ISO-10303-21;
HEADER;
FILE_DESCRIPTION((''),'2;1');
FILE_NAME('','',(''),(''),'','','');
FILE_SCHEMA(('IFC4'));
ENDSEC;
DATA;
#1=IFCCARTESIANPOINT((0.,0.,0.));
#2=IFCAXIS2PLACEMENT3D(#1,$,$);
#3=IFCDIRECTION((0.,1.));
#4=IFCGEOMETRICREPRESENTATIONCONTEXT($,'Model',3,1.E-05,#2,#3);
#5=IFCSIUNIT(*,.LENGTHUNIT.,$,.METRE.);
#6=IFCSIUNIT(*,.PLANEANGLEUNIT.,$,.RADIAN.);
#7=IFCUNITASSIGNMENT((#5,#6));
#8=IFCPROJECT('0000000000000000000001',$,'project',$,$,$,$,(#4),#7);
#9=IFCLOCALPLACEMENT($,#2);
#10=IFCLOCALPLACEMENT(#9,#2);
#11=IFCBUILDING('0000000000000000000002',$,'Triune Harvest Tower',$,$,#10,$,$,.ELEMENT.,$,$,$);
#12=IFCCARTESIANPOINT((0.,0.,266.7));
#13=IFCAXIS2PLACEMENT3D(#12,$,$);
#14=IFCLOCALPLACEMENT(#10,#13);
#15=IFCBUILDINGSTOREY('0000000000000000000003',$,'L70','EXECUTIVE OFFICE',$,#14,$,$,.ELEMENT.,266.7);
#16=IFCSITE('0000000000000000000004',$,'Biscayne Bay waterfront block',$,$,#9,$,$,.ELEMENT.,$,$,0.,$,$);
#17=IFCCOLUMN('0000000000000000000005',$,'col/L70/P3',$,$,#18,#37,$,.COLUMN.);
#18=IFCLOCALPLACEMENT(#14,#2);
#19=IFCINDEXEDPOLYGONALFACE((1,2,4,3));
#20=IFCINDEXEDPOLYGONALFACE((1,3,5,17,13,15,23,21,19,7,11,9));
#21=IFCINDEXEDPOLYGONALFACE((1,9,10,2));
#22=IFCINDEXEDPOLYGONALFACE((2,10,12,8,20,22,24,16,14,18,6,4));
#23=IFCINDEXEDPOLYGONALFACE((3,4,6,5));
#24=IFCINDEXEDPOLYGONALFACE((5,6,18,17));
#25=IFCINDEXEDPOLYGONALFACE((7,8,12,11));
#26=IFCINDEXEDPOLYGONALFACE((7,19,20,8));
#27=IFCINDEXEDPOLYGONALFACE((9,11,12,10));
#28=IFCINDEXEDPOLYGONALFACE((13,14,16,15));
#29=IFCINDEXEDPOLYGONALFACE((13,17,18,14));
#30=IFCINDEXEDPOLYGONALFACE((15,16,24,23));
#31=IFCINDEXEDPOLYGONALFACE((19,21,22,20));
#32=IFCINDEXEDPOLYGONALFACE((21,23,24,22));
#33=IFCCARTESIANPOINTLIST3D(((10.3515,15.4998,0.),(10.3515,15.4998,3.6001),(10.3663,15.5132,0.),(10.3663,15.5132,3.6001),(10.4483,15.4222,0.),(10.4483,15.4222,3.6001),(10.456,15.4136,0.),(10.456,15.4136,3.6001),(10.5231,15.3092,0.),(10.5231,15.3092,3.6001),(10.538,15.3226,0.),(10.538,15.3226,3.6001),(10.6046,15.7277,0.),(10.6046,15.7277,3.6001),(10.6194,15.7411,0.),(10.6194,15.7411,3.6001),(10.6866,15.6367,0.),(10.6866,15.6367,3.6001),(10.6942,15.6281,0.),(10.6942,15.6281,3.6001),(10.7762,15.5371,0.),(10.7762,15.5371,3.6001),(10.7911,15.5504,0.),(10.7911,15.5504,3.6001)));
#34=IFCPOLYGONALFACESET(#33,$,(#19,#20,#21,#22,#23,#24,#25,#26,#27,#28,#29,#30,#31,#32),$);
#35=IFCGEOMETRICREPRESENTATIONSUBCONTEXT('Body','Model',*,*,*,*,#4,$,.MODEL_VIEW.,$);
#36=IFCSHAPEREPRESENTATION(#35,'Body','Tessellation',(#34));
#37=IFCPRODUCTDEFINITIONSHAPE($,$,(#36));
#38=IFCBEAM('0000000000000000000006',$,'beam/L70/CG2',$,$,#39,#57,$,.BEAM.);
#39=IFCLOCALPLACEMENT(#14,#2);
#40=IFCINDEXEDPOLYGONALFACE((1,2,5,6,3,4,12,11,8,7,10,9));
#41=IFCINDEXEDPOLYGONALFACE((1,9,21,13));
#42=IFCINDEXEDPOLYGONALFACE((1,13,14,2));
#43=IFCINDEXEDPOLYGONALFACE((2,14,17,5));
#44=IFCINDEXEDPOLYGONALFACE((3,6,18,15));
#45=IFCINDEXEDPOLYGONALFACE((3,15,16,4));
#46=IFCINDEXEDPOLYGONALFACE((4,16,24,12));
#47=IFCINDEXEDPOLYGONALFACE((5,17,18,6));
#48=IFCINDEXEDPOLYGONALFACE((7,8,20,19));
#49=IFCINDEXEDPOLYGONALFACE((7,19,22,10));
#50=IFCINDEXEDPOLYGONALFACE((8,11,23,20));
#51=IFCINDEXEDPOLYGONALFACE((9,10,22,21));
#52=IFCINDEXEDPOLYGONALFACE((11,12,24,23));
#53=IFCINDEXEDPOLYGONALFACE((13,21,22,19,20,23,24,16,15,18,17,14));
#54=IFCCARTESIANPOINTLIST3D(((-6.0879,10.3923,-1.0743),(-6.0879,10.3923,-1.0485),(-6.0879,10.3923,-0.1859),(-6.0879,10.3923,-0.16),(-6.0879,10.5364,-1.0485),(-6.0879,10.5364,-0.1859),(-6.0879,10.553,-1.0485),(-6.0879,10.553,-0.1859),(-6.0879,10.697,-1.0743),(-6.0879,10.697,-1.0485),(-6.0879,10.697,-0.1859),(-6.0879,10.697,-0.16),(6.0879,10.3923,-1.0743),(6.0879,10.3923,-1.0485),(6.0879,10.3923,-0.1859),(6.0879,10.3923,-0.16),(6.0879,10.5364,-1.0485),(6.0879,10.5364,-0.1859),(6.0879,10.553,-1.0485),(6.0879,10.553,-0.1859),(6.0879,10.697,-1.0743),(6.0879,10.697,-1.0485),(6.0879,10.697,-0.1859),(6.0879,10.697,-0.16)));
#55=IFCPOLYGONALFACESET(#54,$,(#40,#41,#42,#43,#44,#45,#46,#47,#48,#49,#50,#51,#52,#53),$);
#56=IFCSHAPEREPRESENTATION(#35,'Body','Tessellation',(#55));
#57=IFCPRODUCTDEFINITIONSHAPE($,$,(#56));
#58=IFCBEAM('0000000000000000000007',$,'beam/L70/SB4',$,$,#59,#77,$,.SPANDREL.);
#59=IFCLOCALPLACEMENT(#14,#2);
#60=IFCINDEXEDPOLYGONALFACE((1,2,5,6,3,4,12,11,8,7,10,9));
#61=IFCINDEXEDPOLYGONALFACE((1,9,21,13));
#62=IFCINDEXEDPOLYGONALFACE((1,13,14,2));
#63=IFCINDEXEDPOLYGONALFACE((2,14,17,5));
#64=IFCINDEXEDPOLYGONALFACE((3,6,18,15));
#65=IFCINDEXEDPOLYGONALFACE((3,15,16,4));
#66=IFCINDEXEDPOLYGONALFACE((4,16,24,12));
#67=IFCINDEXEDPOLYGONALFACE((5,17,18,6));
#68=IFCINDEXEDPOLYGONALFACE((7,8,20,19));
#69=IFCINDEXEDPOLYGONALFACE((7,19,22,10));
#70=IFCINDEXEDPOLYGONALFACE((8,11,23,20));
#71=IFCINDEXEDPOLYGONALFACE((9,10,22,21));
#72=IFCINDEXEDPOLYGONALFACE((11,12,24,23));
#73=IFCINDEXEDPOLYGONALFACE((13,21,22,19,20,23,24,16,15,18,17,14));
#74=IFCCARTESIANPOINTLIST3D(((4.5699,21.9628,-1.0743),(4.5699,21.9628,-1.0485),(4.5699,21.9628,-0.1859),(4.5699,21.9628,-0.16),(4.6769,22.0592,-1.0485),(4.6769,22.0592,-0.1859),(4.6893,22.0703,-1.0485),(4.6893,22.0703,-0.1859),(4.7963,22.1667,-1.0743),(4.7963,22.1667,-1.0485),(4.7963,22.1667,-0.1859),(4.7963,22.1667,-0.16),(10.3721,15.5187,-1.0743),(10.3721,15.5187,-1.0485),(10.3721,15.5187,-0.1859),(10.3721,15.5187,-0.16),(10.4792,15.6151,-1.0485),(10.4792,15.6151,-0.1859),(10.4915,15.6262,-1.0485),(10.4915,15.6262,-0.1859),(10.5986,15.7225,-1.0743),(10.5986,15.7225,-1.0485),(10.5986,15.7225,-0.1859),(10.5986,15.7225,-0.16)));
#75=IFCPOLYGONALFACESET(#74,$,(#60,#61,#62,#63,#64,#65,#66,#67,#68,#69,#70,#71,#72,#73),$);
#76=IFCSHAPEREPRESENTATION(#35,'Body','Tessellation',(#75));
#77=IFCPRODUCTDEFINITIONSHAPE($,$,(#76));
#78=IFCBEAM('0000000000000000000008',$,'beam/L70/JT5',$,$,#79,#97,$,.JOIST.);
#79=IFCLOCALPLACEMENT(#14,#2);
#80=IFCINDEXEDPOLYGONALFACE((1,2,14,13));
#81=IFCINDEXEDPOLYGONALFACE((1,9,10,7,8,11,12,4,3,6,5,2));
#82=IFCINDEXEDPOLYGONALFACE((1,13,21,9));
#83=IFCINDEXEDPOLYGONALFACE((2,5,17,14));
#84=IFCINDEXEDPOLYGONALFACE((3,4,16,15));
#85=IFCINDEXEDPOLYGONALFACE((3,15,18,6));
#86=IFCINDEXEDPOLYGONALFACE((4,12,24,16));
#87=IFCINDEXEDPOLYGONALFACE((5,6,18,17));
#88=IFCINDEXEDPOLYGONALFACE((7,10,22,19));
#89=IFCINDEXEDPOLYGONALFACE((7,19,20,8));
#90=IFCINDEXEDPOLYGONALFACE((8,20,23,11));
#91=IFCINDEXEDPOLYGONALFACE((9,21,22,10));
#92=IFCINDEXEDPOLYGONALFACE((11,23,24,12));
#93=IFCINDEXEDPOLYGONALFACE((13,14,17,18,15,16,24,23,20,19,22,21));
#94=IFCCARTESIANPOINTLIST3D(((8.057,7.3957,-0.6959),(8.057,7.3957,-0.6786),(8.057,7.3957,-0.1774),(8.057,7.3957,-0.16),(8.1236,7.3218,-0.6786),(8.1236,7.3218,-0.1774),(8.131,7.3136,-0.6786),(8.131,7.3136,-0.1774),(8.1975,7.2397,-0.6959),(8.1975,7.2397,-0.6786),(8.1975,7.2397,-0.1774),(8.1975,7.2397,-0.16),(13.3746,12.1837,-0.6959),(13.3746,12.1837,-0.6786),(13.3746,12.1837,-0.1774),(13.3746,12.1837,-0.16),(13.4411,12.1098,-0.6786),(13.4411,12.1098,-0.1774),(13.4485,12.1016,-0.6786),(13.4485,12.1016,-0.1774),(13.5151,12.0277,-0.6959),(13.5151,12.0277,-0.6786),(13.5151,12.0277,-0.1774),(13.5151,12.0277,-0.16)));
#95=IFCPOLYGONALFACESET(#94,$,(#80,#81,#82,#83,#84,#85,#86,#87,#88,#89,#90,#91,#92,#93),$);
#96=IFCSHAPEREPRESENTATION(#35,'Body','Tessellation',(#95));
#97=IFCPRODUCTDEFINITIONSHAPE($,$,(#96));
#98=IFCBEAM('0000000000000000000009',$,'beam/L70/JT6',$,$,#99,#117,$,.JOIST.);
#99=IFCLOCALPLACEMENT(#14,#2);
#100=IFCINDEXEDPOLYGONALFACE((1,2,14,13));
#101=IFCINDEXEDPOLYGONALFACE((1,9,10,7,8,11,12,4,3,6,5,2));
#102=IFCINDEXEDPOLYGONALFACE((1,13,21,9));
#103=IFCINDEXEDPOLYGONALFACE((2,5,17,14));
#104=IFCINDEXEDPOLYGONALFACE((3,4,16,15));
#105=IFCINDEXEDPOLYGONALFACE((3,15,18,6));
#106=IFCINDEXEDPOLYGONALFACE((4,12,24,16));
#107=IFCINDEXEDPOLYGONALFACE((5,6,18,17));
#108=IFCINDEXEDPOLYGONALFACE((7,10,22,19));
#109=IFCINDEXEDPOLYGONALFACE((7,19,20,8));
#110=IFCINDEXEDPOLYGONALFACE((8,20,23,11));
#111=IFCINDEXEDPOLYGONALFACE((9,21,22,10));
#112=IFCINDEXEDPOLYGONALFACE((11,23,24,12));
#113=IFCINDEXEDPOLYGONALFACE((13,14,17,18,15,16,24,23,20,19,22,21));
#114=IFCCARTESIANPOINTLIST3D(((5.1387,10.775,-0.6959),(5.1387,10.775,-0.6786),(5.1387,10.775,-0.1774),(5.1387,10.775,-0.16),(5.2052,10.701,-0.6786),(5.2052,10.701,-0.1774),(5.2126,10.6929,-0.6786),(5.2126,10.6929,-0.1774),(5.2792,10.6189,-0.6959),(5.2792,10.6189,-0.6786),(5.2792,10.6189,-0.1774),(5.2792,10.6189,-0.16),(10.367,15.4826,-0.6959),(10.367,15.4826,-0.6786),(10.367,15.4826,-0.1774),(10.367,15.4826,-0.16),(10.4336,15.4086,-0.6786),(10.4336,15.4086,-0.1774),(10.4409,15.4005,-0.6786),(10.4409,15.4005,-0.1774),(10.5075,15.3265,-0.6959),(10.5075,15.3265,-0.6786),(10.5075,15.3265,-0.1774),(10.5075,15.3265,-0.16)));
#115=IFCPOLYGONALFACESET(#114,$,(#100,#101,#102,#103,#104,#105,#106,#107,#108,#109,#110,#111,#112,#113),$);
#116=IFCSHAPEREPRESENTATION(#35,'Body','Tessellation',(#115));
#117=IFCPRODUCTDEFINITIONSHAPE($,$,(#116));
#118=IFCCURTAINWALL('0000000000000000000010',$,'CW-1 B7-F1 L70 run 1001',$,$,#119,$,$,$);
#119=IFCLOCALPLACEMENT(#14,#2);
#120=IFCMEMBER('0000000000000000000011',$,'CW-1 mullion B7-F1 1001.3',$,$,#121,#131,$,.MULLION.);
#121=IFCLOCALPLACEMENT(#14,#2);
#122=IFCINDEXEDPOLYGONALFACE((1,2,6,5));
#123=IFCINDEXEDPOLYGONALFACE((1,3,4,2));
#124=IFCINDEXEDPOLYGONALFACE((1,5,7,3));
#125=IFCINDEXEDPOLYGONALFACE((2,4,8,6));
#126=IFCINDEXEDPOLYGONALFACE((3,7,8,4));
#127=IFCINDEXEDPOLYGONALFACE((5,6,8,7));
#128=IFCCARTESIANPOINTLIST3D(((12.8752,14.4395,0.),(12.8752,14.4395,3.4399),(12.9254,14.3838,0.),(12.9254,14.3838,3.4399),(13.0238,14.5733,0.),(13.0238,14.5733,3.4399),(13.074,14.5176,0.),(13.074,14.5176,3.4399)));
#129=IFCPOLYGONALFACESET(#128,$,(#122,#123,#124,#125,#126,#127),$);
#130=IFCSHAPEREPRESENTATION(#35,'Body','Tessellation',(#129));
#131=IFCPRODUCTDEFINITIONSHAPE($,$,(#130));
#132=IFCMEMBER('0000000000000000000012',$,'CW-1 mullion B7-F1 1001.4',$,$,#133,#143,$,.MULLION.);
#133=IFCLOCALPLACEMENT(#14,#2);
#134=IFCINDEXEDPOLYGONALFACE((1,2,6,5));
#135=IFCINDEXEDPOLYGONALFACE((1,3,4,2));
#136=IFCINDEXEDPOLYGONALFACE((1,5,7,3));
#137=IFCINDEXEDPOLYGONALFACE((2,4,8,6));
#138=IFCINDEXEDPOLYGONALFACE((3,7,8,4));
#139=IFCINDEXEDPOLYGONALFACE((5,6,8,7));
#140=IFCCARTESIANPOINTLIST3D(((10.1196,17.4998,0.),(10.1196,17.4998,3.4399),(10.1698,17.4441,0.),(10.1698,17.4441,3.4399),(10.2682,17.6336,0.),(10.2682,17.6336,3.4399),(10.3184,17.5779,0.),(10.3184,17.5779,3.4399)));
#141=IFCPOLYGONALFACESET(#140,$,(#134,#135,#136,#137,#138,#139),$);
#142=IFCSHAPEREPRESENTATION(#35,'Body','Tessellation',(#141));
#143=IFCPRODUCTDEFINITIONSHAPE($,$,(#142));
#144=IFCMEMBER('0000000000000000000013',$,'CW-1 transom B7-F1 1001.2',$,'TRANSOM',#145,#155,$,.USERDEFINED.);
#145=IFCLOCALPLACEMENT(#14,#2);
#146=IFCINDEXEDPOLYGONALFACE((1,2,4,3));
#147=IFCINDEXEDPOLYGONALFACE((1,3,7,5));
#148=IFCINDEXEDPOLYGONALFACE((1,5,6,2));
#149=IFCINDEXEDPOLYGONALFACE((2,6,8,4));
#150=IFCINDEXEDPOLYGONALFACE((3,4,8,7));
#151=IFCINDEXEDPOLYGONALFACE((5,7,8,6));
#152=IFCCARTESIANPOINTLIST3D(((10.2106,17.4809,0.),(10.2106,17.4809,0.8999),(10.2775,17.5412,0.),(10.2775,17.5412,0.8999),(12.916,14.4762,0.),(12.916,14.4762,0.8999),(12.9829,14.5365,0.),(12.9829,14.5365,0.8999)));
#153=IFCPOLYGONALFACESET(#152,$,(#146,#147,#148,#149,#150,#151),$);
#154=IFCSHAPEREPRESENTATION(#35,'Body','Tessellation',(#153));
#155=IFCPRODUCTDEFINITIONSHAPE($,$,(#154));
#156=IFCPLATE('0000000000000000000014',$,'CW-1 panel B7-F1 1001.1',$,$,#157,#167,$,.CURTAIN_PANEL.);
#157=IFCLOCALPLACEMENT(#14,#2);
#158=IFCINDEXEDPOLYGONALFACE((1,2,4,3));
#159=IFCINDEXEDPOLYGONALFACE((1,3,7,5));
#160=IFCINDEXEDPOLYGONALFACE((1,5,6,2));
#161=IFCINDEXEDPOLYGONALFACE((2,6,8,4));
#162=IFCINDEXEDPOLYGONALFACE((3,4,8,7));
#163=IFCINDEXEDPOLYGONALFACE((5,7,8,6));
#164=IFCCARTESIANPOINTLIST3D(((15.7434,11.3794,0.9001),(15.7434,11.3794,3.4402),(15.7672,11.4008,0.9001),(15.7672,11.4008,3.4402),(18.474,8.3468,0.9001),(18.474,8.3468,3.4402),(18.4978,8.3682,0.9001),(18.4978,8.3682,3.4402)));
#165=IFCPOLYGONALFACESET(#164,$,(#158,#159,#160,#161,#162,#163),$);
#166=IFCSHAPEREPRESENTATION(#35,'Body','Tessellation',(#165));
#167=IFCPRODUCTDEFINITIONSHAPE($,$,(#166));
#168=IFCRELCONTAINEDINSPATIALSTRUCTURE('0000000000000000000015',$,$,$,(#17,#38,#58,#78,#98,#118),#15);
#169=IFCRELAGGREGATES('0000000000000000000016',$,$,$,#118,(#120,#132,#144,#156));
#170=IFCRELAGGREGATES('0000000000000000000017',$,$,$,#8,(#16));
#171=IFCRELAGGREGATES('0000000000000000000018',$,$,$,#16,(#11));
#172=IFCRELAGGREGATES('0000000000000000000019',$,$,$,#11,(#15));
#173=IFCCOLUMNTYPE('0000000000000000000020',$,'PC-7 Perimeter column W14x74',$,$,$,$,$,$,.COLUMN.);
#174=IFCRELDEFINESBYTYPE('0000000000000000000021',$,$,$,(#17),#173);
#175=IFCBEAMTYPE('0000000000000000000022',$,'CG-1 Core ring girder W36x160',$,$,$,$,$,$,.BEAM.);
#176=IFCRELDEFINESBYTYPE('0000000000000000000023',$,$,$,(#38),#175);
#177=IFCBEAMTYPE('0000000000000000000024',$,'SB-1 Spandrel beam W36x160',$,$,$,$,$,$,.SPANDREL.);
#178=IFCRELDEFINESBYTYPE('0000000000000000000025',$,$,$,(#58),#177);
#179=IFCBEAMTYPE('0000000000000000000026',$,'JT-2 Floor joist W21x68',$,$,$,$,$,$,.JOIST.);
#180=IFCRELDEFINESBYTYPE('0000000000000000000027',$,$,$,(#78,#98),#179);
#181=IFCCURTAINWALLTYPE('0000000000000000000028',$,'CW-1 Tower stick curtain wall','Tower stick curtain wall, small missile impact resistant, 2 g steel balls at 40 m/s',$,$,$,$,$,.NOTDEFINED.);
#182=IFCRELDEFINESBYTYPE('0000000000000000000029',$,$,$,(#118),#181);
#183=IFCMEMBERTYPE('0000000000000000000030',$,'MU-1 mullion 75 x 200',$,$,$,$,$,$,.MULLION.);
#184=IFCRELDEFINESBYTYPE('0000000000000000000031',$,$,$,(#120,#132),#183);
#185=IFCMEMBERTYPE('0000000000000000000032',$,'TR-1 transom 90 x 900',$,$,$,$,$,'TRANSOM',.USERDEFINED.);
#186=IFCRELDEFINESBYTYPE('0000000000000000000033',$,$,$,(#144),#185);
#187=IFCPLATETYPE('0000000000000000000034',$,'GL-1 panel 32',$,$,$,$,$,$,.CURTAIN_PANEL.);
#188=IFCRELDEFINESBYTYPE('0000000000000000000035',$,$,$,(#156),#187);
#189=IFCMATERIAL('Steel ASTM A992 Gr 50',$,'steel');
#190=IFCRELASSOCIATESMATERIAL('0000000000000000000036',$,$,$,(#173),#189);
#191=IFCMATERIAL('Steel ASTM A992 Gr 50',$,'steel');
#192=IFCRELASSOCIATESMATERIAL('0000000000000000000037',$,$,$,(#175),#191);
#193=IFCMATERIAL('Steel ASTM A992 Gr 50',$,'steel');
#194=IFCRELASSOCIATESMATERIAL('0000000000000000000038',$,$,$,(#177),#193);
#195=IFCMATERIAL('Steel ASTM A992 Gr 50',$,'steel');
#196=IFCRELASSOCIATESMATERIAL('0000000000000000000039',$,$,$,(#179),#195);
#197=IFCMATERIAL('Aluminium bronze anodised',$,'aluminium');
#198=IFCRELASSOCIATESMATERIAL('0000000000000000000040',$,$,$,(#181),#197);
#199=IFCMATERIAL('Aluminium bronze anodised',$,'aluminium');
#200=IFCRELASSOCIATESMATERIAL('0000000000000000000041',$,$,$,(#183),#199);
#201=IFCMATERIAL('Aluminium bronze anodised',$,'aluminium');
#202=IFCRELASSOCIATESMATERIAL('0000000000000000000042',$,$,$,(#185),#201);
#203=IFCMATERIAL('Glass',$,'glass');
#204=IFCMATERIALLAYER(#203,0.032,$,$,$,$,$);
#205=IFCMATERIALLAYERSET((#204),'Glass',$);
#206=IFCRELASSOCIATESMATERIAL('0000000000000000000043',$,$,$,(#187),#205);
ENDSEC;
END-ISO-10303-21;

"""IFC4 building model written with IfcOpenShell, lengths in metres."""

from ifc_helpers import new_model, si_unit, direction, frame, origin, origin_2d, place, context, subcontext, project, spatial, rectangle, i_section, extrude, source, transform, mapped, material, layer, layer_set, material_profile, profile_set, type_object, element, aggregate, save


model = new_model("IFC4")

# Units and contexts
model_context = context("Model", 3, precision=1e-05, world=origin(), true_north=direction((0.0, 1.0)))
body_context = subcontext(model_context, "Body", "Model", "MODEL_VIEW")
ifc_project = project(units=[si_unit("LENGTHUNIT", "METRE"), si_unit("PLANEANGLEUNIT", "RADIAN")], contexts=[model_context])

# Site, building, storey
site_placement = place(None, origin())
site = spatial("IfcSite", under=ifc_project, at=site_placement, Name="Biscayne Bay waterfront block", CompositionType="ELEMENT", RefElevation=0.0)
building_placement = place(site_placement, origin())
building = spatial("IfcBuilding", under=site, at=building_placement, Name="Triune Harvest Tower", CompositionType="ELEMENT")
storey_placement = place(building_placement, frame((0.0, 0.0, 266.7)))
storey = spatial("IfcBuildingStorey", under=building, at=storey_placement, Name="L70", Description="EXECUTIVE OFFICE", CompositionType="ELEMENT", Elevation=266.7)

# Column
ifc_material_1 = material(Name="Steel ASTM A992 Gr 50", Category="steel")
ifc_material_profile_1 = material_profile(ifc_material_1, i_section(OverallWidth=0.2566, OverallDepth=0.3606, WebThickness=0.0115, FlangeThickness=0.02, at=origin_2d()), Name="W14x74")
ifc_profile_set_1 = profile_set([ifc_material_profile_1], Name="Steel ASTM A992 Gr 50")
column_type = type_object("IfcColumnType", Name="PC-7 Perimeter column W14x74", PredefinedType="COLUMN", material=ifc_profile_set_1)
shared_shape_1 = source(origin(), body_context, "Body", "SweptSolid", [
    extrude(i_section(OverallWidth=0.2566, OverallDepth=0.3606, WebThickness=0.0115, FlangeThickness=0.02, at=origin_2d()), origin(), (0.0, 0.0, 1.0), 3.6001),
])
column_placement = place(storey_placement, frame((10.5713, 15.5251, 0.0), z_axis=(0.0, 0.0, 1.0), x_axis=(-0.669131, 0.743145, 0.0)))
element("IfcColumn", 1, at=column_placement, inside=storey, type_object=column_type, Name="col/L70/P3", PredefinedType="COLUMN", context=body_context, shape_type="MappedRepresentation", body=[
    mapped(shared_shape_1, transform((0.0, 0.0, 0.0), scale=1.0)),
])

# Beams
ifc_material_2 = material(Name="Steel ASTM A992 Gr 50", Category="steel")
ifc_material_profile_2 = material_profile(ifc_material_2, i_section(OverallWidth=0.3047, OverallDepth=0.9143, WebThickness=0.0166, FlangeThickness=0.0259, at=origin_2d()), Name="W36x160")
ifc_profile_set_2 = profile_set([ifc_material_profile_2], Name="Steel ASTM A992 Gr 50")
beam_type_1 = type_object("IfcBeamType", Name="CG-1 Core ring girder W36x160", PredefinedType="BEAM", material=ifc_profile_set_2)
shared_shape_2 = source(origin(), body_context, "Body", "SweptSolid", [
    extrude(i_section(OverallWidth=0.3047, OverallDepth=0.9143, WebThickness=0.0166, FlangeThickness=0.0259, at=origin_2d()), origin(), (0.0, 0.0, 1.0), 12.1758),
])
beam_1_placement = place(storey_placement, frame((6.0879, 10.5447, -0.6172), z_axis=(-1.0, 0.0, 0.0), x_axis=(0.0, -1.0, 0.0)))
element("IfcBeam", 2, at=beam_1_placement, inside=storey, type_object=beam_type_1, Name="beam/L70/CG2", PredefinedType="BEAM", context=body_context, shape_type="MappedRepresentation", body=[
    mapped(shared_shape_2, transform((0.0, 0.0, 0.0), scale=1.0)),
])
ifc_material_3 = material(Name="Steel ASTM A992 Gr 50", Category="steel")
ifc_material_profile_3 = material_profile(ifc_material_3, i_section(OverallWidth=0.3047, OverallDepth=0.9143, WebThickness=0.0166, FlangeThickness=0.0259, at=origin_2d()), Name="W36x160")
ifc_profile_set_3 = profile_set([ifc_material_profile_3], Name="Steel ASTM A992 Gr 50")
beam_type_2 = type_object("IfcBeamType", Name="SB-1 Spandrel beam W36x160", PredefinedType="SPANDREL", material=ifc_profile_set_3)
shared_shape_3 = source(origin(), body_context, "Body", "SweptSolid", [
    extrude(i_section(OverallWidth=0.3047, OverallDepth=0.9143, WebThickness=0.0166, FlangeThickness=0.0259, at=origin_2d()), origin(), (0.0, 0.0, 1.0), 8.6714),
])
beam_2_placement = place(storey_placement, frame((10.4854, 15.6206, -0.6172), z_axis=(-0.669128, 0.743147, 0.0), x_axis=(-0.743147, -0.669128, 0.0)))
element("IfcBeam", 3, at=beam_2_placement, inside=storey, type_object=beam_type_2, Name="beam/L70/SB4", PredefinedType="SPANDREL", context=body_context, shape_type="MappedRepresentation", body=[
    mapped(shared_shape_3, transform((0.0, 0.0, 0.0), scale=1.0)),
])
ifc_material_4 = material(Name="Steel ASTM A992 Gr 50", Category="steel")
ifc_material_profile_4 = material_profile(ifc_material_4, i_section(OverallWidth=0.21, OverallDepth=0.5359, WebThickness=0.011, FlangeThickness=0.0173, at=origin_2d()), Name="W21x68")
ifc_profile_set_4 = profile_set([ifc_material_profile_4], Name="Steel ASTM A992 Gr 50")
beam_type_3 = type_object("IfcBeamType", Name="JT-2 Floor joist W21x68", PredefinedType="JOIST", material=ifc_profile_set_4)
shared_shape_4 = source(origin(), body_context, "Body", "SweptSolid", [
    extrude(i_section(OverallWidth=0.21, OverallDepth=0.5359, WebThickness=0.011, FlangeThickness=0.0173, at=origin_2d()), origin(), (0.0, 0.0, 1.0), 7.1555),
])
beam_3_placement = place(storey_placement, frame((13.4448, 12.1057, -0.428), z_axis=(-0.74314, -0.669136, 0.0), x_axis=(0.669136, -0.74314, 0.0)))
element("IfcBeam", 4, at=beam_3_placement, inside=storey, type_object=beam_type_3, Name="beam/L70/JT5", PredefinedType="JOIST", context=body_context, shape_type="MappedRepresentation", body=[
    mapped(shared_shape_4, transform((0.0, 0.0, 0.0), scale=1.0)),
])
shared_shape_5 = source(origin(), body_context, "Body", "SweptSolid", [
    extrude(i_section(OverallWidth=0.21, OverallDepth=0.5359, WebThickness=0.011, FlangeThickness=0.0173, at=origin_2d()), origin(), (0.0, 0.0, 1.0), 7.0354),
])
beam_4_placement = place(storey_placement, frame((10.4373, 15.4045, -0.428), z_axis=(-0.743147, -0.669128, 0.0), x_axis=(0.669128, -0.743147, 0.0)))
element("IfcBeam", 5, at=beam_4_placement, inside=storey, type_object=beam_type_3, Name="beam/L70/JT6", PredefinedType="JOIST", context=body_context, shape_type="MappedRepresentation", body=[
    mapped(shared_shape_5, transform((0.0, 0.0, 0.0), scale=1.0)),
])

# Curtain wall, members, plate
ifc_material_5 = material(Name="Aluminium bronze anodised", Category="aluminium")
curtain_wall_type = type_object("IfcCurtainWallType", Name="CW-1 Tower stick curtain wall", Description="Tower stick curtain wall, small missile impact resistant, 2 g steel balls at 40 m/s", PredefinedType="NOTDEFINED", material=ifc_material_5)
curtain_wall_placement = place(storey_placement, origin())
curtain_wall = element("IfcCurtainWall", 6, at=curtain_wall_placement, inside=storey, type_object=curtain_wall_type, Name="CW-1 B7-F1 L70 run 1001")
ifc_material_6 = material(Name="Aluminium bronze anodised", Category="aluminium")
ifc_material_profile_5 = material_profile(ifc_material_6, rectangle(XDim=0.2, YDim=0.075, at=origin_2d()), Name="MU-1 mullion 75 x 200")
ifc_profile_set_5 = profile_set([ifc_material_profile_5], Name="Aluminium bronze anodised")
member_type_1 = type_object("IfcMemberType", Name="MU-1 mullion 75 x 200", PredefinedType="MULLION", material=ifc_profile_set_5)
shared_shape_6 = source(origin(), body_context, "Body", "SweptSolid", [
    extrude(rectangle(XDim=0.2, YDim=0.075, at=origin_2d()), origin(), (0.0, 0.0, 1.0), 3.4399),
])
member_1_placement = place(storey_placement, frame((12.9746, 14.4785, 0.0), z_axis=(0.0, 0.0, 1.0), x_axis=(-0.74315, -0.669125, 0.0)))
member_1 = element("IfcMember", 7, at=member_1_placement, type_object=member_type_1, Name="CW-1 mullion B7-F1 1001.3", PredefinedType="MULLION", context=body_context, shape_type="MappedRepresentation", body=[
    mapped(shared_shape_6, transform((0.0, 0.0, 0.0), scale=1.0)),
])
member_2_placement = place(storey_placement, frame((10.219, 17.5388, 0.0), z_axis=(0.0, 0.0, 1.0), x_axis=(-0.74315, -0.669125, 0.0)))
member_2 = element("IfcMember", 8, at=member_2_placement, type_object=member_type_1, Name="CW-1 mullion B7-F1 1001.4", PredefinedType="MULLION", context=body_context, shape_type="MappedRepresentation", body=[
    mapped(shared_shape_6, transform((0.0, 0.0, 0.0), scale=1.0)),
])
ifc_material_7 = material(Name="Aluminium bronze anodised", Category="aluminium")
ifc_material_profile_6 = material_profile(ifc_material_7, rectangle(XDim=0.0901, YDim=0.8999, at=origin_2d()), Name="TR-1 transom 90 x 900")
ifc_profile_set_6 = profile_set([ifc_material_profile_6], Name="Aluminium bronze anodised")
member_type_2 = type_object("IfcMemberType", Name="TR-1 transom 90 x 900", ElementType="TRANSOM", PredefinedType="USERDEFINED", material=ifc_profile_set_6)
shared_shape_7 = source(origin(), body_context, "Body", "SweptSolid", [
    extrude(rectangle(XDim=0.0901, YDim=0.8999, at=origin_2d()), origin(), (0.0, 0.0, 1.0), 4.0432),
])
member_3_placement = place(storey_placement, frame((12.9495, 14.5063, 0.45), z_axis=(-0.669122, 0.743153, 0.0), x_axis=(-0.743153, -0.669122, 0.0)))
member_3 = element("IfcMember", 9, at=member_3_placement, type_object=member_type_2, Name="CW-1 transom B7-F1 1001.2", ObjectType="TRANSOM", PredefinedType="USERDEFINED", context=body_context, shape_type="MappedRepresentation", body=[
    mapped(shared_shape_7, transform((0.0, 0.0, 0.0), scale=1.0)),
])
ifc_material_8 = material(Name="Glass", Category="glass")
ifc_layer_1 = layer(ifc_material_8, 0.032)
ifc_layer_set_1 = layer_set([ifc_layer_1], Name="Glass")
plate_type = type_object("IfcPlateType", Name="GL-1 panel 32", PredefinedType="CURTAIN_PANEL", material=ifc_layer_set_1)
shared_shape_8 = source(origin(), body_context, "Body", "SweptSolid", [
    extrude(rectangle(XDim=4.0808, YDim=0.032, at=origin_2d()), origin(), (0.0, 0.0, 1.0), 2.54),
])
plate_1_placement = place(storey_placement, frame((17.1206, 9.8738, 0.9001), z_axis=(0.0, 0.0, 1.0), x_axis=(-0.669125, 0.74315, 0.0)))
plate_1 = element("IfcPlate", 10, at=plate_1_placement, type_object=plate_type, Name="CW-1 panel B7-F1 1001.1", PredefinedType="CURTAIN_PANEL", context=body_context, shape_type="MappedRepresentation", body=[
    mapped(shared_shape_8, transform((0.0, 0.0, 0.0), scale=1.0)),
])
aggregate(curtain_wall, [member_1, member_2, member_3, plate_1])

save(model, "model.ifc")
